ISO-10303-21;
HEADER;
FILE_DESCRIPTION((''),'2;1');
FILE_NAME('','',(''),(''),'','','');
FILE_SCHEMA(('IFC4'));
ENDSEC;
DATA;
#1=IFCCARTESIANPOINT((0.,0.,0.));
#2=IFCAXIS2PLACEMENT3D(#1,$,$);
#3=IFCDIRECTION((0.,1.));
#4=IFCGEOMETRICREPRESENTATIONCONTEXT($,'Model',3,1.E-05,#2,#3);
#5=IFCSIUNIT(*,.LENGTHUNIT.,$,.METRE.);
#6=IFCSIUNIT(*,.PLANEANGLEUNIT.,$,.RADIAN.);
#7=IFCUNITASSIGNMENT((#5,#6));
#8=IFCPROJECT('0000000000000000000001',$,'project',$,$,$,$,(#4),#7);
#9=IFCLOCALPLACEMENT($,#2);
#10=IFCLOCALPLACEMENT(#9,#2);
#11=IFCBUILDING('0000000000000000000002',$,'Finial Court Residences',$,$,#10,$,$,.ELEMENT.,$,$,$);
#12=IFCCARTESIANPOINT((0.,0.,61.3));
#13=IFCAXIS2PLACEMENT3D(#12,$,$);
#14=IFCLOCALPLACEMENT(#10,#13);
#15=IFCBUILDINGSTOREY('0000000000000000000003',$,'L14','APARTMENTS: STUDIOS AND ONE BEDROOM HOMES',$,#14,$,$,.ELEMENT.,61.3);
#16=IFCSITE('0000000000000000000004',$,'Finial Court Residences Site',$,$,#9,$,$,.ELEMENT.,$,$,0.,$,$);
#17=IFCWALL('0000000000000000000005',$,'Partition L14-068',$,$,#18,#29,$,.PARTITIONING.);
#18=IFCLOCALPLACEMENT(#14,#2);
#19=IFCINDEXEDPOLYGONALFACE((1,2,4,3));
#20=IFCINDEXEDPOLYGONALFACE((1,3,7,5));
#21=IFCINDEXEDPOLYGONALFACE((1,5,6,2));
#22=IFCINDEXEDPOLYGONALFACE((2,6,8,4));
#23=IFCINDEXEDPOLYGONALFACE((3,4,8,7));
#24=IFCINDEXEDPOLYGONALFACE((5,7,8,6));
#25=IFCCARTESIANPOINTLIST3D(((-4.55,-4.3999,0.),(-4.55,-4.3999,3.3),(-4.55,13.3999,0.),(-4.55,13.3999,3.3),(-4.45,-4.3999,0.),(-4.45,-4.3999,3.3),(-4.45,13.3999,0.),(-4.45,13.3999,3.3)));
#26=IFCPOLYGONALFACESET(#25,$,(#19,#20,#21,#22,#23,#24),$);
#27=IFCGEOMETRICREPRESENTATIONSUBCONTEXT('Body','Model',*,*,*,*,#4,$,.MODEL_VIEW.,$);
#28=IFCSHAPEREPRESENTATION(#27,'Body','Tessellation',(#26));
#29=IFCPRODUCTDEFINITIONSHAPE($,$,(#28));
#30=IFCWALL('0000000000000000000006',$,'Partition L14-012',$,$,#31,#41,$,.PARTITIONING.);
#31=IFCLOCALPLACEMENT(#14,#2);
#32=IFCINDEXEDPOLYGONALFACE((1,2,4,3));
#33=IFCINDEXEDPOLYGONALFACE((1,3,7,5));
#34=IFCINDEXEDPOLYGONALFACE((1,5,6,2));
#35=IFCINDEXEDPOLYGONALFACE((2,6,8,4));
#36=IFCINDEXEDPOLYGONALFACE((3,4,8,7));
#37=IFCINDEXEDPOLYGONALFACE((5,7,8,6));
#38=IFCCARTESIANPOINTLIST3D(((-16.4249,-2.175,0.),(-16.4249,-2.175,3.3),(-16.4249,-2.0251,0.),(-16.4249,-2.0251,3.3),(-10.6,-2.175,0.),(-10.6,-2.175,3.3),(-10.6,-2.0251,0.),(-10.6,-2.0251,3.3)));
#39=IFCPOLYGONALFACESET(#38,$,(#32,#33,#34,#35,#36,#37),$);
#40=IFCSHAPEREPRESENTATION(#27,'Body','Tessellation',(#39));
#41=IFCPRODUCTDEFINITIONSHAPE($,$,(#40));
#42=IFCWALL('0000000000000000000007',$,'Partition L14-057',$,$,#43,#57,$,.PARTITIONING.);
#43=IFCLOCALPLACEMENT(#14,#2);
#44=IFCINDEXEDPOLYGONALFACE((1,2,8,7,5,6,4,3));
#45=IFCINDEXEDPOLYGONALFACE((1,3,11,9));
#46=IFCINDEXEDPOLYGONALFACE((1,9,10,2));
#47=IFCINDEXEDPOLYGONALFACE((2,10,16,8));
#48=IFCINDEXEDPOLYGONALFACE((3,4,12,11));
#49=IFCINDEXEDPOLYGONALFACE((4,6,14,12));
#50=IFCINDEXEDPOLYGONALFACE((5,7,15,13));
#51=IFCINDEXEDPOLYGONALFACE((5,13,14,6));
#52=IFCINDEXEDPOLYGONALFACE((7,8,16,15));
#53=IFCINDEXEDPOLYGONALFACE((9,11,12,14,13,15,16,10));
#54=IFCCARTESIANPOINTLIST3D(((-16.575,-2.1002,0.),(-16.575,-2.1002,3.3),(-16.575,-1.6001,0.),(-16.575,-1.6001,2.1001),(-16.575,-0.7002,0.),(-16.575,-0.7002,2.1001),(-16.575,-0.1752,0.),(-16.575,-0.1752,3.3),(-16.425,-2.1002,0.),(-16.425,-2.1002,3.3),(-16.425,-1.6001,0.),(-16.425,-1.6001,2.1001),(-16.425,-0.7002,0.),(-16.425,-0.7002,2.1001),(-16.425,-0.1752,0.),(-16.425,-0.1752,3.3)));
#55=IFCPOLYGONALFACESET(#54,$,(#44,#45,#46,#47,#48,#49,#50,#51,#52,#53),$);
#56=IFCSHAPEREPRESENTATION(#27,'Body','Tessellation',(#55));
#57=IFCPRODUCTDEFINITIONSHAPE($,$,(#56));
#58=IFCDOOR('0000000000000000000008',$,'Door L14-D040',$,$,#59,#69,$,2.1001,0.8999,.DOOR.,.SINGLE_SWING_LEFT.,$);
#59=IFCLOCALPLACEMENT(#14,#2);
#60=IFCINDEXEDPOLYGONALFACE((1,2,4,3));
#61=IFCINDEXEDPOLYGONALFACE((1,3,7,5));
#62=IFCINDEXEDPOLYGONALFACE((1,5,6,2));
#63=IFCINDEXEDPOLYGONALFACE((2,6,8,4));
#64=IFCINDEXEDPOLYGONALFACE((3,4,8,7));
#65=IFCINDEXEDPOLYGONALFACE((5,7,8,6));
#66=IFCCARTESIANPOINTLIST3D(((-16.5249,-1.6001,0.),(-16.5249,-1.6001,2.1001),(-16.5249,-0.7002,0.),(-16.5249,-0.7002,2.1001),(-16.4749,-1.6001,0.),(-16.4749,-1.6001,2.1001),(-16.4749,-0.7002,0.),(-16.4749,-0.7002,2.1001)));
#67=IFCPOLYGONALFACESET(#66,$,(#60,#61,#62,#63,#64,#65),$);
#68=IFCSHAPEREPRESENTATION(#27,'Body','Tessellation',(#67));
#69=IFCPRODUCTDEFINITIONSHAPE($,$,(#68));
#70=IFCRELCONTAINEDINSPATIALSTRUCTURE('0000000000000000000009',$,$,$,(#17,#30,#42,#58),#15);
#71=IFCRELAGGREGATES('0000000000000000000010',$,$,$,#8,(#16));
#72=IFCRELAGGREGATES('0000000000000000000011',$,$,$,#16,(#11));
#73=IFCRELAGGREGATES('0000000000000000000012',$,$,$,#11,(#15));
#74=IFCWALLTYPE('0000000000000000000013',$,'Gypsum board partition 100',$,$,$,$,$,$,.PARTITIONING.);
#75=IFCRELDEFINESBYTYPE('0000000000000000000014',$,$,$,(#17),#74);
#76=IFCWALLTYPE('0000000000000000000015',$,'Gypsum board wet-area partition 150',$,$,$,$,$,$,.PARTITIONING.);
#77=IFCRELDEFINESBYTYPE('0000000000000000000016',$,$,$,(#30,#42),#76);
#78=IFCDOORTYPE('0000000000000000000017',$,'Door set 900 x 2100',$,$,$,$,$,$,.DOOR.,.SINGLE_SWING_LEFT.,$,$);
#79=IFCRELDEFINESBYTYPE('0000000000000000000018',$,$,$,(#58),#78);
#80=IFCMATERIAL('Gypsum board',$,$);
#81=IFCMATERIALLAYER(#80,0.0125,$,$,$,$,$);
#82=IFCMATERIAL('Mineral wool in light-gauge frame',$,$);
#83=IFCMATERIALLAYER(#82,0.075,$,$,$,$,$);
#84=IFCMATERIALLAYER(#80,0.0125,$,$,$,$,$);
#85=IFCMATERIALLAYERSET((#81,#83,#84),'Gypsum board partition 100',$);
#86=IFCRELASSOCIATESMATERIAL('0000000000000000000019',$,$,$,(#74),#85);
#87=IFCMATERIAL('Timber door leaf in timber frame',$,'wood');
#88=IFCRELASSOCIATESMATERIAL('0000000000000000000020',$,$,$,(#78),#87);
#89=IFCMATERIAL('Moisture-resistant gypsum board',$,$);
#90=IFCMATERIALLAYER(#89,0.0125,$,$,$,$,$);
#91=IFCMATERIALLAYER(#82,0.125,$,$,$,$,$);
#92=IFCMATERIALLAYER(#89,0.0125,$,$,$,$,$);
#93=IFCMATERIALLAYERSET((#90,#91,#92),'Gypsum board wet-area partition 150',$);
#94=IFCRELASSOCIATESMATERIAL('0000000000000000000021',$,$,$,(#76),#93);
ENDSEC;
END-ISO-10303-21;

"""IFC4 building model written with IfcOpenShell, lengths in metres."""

from ifc_helpers import new_model, si_unit, direction, frame, frame_2d, origin, place, context, subcontext, project, spatial, rectangle, extrude, material, layer, layer_set, type_object, element, fill, save


model = new_model("IFC4")

# Units and contexts
model_context = context("Model", 3, precision=1e-05, world=origin(), true_north=direction((0.0, 1.0)))
body_context = subcontext(model_context, "Body", "Model", "MODEL_VIEW")
ifc_project = project(units=[si_unit("LENGTHUNIT", "METRE"), si_unit("PLANEANGLEUNIT", "RADIAN")], contexts=[model_context])

# Site, building, storey
site_placement = place(None, origin())
site = spatial("IfcSite", under=ifc_project, at=site_placement, Name="Finial Court Residences Site", CompositionType="ELEMENT", RefElevation=0.0)
building_placement = place(site_placement, origin())
building = spatial("IfcBuilding", under=site, at=building_placement, Name="Finial Court Residences", CompositionType="ELEMENT")
storey_placement = place(building_placement, frame((0.0, 0.0, 61.3)))
storey = spatial("IfcBuildingStorey", under=building, at=storey_placement, Name="L14", Description="APARTMENTS: STUDIOS AND ONE BEDROOM HOMES", CompositionType="ELEMENT", Elevation=61.3)

# Shared definitions
ifc_material_1 = material(Name="Gypsum board")

# Shared definitions
ifc_layer_1 = layer(ifc_material_1, 0.0125)
ifc_material_2 = material(Name="Mineral wool in light-gauge frame")
ifc_layer_2 = layer(ifc_material_2, 0.075)
ifc_layer_3 = layer(ifc_material_1, 0.0125)
ifc_layer_set_1 = layer_set([ifc_layer_1, ifc_layer_2, ifc_layer_3], Name="Gypsum board partition 100")
wall_type_1 = type_object("IfcWallType", Name="Gypsum board partition 100", PredefinedType="PARTITIONING", material=ifc_layer_set_1)
ifc_material_3 = material(Name="Timber door leaf in timber frame", Category="wood")
door_type_1 = type_object("IfcDoorType", Name="Door set 900 x 2100", OperationType="SINGLE_SWING_LEFT", PredefinedType="DOOR", material=ifc_material_3)

# Walls
wall_1_placement = place(storey_placement, frame((-4.5, -4.3999, 0.0), z_axis=(0.0, 0.0, 1.0), x_axis=(0.0, 1.0, 0.0)))
element("IfcWall", 1, at=wall_1_placement, inside=storey, type_object=wall_type_1, Name="Partition L14-068", PredefinedType="PARTITIONING", context=body_context, shape_type="SweptSolid", body=[
    extrude(rectangle(XDim=17.7998, YDim=0.1001, at=frame_2d((8.8999, 0.0))), origin(), (0.0, 0.0, 1.0), 3.3),
])
ifc_material_4 = material(Name="Moisture-resistant gypsum board")
ifc_layer_4 = layer(ifc_material_4, 0.0125)
ifc_layer_5 = layer(ifc_material_2, 0.125)
ifc_layer_6 = layer(ifc_material_4, 0.0125)
ifc_layer_set_2 = layer_set([ifc_layer_4, ifc_layer_5, ifc_layer_6], Name="Gypsum board wet-area partition 150")
wall_type_2 = type_object("IfcWallType", Name="Gypsum board wet-area partition 150", PredefinedType="PARTITIONING", material=ifc_layer_set_2)
wall_2_placement = place(storey_placement, frame((-16.425, -2.1001, 0.0), z_axis=(0.0, 0.0, 1.0), x_axis=(1.0, 0.0, 0.0)))
element("IfcWall", 2, at=wall_2_placement, inside=storey, type_object=wall_type_2, Name="Partition L14-012", PredefinedType="PARTITIONING", context=body_context, shape_type="SweptSolid", body=[
    extrude(rectangle(XDim=5.825, YDim=0.1499, at=frame_2d((2.9126, 0.0))), origin(), (0.0, 0.0, 1.0), 3.3),
])

# Wall, opening, door
wall_3_placement = place(storey_placement, frame((-16.5, -2.1001, 0.0), z_axis=(0.0, 0.0, 1.0), x_axis=(0.0, 1.0, 0.0)))
wall_3 = element("IfcWall", 3, at=wall_3_placement, inside=storey, type_object=wall_type_2, Name="Partition L14-057", PredefinedType="PARTITIONING", context=body_context, shape_type="SweptSolid", body=[
    extrude(rectangle(XDim=1.925, YDim=0.1499, at=frame_2d((0.9624, 0.0))), origin(), (0.0, 0.0, 1.0), 3.3),
])
opening_1_placement = place(wall_3_placement, frame((0.5, 0.0, 0.0)))
opening_1 = element("IfcOpeningElement", 4, at=opening_1_placement, cuts=wall_3, PredefinedType="OPENING", context=body_context, shape_type="SweptSolid", body=[
    extrude(rectangle(XDim=0.8999, YDim=2.1001, at=frame_2d((0.45, 1.05))), frame((0.0, 0.085, 0.0), z_axis=(0.0, -1.0, 0.0), x_axis=(1.0, 0.0, 0.0)), (0.0, 0.0, 1.0), 0.1699),
])
door_1_placement = place(opening_1_placement, origin())
door_1 = element("IfcDoor", 5, at=door_1_placement, inside=storey, type_object=door_type_1, Name="Door L14-D040", OperationType="SINGLE_SWING_LEFT", OverallHeight=2.1001, OverallWidth=0.8999, PredefinedType="DOOR", context=body_context, shape_type="SweptSolid", body=[
    extrude(rectangle(XDim=0.8999, YDim=2.1001, at=frame_2d((0.45, 1.05))), frame((0.0, 0.0249, 0.0), z_axis=(0.0, -1.0, 0.0), x_axis=(1.0, 0.0, 0.0)), (0.0, 0.0, 1.0), 0.05),
])
fill(opening_1, door_1)

save(model, "model.ifc")
